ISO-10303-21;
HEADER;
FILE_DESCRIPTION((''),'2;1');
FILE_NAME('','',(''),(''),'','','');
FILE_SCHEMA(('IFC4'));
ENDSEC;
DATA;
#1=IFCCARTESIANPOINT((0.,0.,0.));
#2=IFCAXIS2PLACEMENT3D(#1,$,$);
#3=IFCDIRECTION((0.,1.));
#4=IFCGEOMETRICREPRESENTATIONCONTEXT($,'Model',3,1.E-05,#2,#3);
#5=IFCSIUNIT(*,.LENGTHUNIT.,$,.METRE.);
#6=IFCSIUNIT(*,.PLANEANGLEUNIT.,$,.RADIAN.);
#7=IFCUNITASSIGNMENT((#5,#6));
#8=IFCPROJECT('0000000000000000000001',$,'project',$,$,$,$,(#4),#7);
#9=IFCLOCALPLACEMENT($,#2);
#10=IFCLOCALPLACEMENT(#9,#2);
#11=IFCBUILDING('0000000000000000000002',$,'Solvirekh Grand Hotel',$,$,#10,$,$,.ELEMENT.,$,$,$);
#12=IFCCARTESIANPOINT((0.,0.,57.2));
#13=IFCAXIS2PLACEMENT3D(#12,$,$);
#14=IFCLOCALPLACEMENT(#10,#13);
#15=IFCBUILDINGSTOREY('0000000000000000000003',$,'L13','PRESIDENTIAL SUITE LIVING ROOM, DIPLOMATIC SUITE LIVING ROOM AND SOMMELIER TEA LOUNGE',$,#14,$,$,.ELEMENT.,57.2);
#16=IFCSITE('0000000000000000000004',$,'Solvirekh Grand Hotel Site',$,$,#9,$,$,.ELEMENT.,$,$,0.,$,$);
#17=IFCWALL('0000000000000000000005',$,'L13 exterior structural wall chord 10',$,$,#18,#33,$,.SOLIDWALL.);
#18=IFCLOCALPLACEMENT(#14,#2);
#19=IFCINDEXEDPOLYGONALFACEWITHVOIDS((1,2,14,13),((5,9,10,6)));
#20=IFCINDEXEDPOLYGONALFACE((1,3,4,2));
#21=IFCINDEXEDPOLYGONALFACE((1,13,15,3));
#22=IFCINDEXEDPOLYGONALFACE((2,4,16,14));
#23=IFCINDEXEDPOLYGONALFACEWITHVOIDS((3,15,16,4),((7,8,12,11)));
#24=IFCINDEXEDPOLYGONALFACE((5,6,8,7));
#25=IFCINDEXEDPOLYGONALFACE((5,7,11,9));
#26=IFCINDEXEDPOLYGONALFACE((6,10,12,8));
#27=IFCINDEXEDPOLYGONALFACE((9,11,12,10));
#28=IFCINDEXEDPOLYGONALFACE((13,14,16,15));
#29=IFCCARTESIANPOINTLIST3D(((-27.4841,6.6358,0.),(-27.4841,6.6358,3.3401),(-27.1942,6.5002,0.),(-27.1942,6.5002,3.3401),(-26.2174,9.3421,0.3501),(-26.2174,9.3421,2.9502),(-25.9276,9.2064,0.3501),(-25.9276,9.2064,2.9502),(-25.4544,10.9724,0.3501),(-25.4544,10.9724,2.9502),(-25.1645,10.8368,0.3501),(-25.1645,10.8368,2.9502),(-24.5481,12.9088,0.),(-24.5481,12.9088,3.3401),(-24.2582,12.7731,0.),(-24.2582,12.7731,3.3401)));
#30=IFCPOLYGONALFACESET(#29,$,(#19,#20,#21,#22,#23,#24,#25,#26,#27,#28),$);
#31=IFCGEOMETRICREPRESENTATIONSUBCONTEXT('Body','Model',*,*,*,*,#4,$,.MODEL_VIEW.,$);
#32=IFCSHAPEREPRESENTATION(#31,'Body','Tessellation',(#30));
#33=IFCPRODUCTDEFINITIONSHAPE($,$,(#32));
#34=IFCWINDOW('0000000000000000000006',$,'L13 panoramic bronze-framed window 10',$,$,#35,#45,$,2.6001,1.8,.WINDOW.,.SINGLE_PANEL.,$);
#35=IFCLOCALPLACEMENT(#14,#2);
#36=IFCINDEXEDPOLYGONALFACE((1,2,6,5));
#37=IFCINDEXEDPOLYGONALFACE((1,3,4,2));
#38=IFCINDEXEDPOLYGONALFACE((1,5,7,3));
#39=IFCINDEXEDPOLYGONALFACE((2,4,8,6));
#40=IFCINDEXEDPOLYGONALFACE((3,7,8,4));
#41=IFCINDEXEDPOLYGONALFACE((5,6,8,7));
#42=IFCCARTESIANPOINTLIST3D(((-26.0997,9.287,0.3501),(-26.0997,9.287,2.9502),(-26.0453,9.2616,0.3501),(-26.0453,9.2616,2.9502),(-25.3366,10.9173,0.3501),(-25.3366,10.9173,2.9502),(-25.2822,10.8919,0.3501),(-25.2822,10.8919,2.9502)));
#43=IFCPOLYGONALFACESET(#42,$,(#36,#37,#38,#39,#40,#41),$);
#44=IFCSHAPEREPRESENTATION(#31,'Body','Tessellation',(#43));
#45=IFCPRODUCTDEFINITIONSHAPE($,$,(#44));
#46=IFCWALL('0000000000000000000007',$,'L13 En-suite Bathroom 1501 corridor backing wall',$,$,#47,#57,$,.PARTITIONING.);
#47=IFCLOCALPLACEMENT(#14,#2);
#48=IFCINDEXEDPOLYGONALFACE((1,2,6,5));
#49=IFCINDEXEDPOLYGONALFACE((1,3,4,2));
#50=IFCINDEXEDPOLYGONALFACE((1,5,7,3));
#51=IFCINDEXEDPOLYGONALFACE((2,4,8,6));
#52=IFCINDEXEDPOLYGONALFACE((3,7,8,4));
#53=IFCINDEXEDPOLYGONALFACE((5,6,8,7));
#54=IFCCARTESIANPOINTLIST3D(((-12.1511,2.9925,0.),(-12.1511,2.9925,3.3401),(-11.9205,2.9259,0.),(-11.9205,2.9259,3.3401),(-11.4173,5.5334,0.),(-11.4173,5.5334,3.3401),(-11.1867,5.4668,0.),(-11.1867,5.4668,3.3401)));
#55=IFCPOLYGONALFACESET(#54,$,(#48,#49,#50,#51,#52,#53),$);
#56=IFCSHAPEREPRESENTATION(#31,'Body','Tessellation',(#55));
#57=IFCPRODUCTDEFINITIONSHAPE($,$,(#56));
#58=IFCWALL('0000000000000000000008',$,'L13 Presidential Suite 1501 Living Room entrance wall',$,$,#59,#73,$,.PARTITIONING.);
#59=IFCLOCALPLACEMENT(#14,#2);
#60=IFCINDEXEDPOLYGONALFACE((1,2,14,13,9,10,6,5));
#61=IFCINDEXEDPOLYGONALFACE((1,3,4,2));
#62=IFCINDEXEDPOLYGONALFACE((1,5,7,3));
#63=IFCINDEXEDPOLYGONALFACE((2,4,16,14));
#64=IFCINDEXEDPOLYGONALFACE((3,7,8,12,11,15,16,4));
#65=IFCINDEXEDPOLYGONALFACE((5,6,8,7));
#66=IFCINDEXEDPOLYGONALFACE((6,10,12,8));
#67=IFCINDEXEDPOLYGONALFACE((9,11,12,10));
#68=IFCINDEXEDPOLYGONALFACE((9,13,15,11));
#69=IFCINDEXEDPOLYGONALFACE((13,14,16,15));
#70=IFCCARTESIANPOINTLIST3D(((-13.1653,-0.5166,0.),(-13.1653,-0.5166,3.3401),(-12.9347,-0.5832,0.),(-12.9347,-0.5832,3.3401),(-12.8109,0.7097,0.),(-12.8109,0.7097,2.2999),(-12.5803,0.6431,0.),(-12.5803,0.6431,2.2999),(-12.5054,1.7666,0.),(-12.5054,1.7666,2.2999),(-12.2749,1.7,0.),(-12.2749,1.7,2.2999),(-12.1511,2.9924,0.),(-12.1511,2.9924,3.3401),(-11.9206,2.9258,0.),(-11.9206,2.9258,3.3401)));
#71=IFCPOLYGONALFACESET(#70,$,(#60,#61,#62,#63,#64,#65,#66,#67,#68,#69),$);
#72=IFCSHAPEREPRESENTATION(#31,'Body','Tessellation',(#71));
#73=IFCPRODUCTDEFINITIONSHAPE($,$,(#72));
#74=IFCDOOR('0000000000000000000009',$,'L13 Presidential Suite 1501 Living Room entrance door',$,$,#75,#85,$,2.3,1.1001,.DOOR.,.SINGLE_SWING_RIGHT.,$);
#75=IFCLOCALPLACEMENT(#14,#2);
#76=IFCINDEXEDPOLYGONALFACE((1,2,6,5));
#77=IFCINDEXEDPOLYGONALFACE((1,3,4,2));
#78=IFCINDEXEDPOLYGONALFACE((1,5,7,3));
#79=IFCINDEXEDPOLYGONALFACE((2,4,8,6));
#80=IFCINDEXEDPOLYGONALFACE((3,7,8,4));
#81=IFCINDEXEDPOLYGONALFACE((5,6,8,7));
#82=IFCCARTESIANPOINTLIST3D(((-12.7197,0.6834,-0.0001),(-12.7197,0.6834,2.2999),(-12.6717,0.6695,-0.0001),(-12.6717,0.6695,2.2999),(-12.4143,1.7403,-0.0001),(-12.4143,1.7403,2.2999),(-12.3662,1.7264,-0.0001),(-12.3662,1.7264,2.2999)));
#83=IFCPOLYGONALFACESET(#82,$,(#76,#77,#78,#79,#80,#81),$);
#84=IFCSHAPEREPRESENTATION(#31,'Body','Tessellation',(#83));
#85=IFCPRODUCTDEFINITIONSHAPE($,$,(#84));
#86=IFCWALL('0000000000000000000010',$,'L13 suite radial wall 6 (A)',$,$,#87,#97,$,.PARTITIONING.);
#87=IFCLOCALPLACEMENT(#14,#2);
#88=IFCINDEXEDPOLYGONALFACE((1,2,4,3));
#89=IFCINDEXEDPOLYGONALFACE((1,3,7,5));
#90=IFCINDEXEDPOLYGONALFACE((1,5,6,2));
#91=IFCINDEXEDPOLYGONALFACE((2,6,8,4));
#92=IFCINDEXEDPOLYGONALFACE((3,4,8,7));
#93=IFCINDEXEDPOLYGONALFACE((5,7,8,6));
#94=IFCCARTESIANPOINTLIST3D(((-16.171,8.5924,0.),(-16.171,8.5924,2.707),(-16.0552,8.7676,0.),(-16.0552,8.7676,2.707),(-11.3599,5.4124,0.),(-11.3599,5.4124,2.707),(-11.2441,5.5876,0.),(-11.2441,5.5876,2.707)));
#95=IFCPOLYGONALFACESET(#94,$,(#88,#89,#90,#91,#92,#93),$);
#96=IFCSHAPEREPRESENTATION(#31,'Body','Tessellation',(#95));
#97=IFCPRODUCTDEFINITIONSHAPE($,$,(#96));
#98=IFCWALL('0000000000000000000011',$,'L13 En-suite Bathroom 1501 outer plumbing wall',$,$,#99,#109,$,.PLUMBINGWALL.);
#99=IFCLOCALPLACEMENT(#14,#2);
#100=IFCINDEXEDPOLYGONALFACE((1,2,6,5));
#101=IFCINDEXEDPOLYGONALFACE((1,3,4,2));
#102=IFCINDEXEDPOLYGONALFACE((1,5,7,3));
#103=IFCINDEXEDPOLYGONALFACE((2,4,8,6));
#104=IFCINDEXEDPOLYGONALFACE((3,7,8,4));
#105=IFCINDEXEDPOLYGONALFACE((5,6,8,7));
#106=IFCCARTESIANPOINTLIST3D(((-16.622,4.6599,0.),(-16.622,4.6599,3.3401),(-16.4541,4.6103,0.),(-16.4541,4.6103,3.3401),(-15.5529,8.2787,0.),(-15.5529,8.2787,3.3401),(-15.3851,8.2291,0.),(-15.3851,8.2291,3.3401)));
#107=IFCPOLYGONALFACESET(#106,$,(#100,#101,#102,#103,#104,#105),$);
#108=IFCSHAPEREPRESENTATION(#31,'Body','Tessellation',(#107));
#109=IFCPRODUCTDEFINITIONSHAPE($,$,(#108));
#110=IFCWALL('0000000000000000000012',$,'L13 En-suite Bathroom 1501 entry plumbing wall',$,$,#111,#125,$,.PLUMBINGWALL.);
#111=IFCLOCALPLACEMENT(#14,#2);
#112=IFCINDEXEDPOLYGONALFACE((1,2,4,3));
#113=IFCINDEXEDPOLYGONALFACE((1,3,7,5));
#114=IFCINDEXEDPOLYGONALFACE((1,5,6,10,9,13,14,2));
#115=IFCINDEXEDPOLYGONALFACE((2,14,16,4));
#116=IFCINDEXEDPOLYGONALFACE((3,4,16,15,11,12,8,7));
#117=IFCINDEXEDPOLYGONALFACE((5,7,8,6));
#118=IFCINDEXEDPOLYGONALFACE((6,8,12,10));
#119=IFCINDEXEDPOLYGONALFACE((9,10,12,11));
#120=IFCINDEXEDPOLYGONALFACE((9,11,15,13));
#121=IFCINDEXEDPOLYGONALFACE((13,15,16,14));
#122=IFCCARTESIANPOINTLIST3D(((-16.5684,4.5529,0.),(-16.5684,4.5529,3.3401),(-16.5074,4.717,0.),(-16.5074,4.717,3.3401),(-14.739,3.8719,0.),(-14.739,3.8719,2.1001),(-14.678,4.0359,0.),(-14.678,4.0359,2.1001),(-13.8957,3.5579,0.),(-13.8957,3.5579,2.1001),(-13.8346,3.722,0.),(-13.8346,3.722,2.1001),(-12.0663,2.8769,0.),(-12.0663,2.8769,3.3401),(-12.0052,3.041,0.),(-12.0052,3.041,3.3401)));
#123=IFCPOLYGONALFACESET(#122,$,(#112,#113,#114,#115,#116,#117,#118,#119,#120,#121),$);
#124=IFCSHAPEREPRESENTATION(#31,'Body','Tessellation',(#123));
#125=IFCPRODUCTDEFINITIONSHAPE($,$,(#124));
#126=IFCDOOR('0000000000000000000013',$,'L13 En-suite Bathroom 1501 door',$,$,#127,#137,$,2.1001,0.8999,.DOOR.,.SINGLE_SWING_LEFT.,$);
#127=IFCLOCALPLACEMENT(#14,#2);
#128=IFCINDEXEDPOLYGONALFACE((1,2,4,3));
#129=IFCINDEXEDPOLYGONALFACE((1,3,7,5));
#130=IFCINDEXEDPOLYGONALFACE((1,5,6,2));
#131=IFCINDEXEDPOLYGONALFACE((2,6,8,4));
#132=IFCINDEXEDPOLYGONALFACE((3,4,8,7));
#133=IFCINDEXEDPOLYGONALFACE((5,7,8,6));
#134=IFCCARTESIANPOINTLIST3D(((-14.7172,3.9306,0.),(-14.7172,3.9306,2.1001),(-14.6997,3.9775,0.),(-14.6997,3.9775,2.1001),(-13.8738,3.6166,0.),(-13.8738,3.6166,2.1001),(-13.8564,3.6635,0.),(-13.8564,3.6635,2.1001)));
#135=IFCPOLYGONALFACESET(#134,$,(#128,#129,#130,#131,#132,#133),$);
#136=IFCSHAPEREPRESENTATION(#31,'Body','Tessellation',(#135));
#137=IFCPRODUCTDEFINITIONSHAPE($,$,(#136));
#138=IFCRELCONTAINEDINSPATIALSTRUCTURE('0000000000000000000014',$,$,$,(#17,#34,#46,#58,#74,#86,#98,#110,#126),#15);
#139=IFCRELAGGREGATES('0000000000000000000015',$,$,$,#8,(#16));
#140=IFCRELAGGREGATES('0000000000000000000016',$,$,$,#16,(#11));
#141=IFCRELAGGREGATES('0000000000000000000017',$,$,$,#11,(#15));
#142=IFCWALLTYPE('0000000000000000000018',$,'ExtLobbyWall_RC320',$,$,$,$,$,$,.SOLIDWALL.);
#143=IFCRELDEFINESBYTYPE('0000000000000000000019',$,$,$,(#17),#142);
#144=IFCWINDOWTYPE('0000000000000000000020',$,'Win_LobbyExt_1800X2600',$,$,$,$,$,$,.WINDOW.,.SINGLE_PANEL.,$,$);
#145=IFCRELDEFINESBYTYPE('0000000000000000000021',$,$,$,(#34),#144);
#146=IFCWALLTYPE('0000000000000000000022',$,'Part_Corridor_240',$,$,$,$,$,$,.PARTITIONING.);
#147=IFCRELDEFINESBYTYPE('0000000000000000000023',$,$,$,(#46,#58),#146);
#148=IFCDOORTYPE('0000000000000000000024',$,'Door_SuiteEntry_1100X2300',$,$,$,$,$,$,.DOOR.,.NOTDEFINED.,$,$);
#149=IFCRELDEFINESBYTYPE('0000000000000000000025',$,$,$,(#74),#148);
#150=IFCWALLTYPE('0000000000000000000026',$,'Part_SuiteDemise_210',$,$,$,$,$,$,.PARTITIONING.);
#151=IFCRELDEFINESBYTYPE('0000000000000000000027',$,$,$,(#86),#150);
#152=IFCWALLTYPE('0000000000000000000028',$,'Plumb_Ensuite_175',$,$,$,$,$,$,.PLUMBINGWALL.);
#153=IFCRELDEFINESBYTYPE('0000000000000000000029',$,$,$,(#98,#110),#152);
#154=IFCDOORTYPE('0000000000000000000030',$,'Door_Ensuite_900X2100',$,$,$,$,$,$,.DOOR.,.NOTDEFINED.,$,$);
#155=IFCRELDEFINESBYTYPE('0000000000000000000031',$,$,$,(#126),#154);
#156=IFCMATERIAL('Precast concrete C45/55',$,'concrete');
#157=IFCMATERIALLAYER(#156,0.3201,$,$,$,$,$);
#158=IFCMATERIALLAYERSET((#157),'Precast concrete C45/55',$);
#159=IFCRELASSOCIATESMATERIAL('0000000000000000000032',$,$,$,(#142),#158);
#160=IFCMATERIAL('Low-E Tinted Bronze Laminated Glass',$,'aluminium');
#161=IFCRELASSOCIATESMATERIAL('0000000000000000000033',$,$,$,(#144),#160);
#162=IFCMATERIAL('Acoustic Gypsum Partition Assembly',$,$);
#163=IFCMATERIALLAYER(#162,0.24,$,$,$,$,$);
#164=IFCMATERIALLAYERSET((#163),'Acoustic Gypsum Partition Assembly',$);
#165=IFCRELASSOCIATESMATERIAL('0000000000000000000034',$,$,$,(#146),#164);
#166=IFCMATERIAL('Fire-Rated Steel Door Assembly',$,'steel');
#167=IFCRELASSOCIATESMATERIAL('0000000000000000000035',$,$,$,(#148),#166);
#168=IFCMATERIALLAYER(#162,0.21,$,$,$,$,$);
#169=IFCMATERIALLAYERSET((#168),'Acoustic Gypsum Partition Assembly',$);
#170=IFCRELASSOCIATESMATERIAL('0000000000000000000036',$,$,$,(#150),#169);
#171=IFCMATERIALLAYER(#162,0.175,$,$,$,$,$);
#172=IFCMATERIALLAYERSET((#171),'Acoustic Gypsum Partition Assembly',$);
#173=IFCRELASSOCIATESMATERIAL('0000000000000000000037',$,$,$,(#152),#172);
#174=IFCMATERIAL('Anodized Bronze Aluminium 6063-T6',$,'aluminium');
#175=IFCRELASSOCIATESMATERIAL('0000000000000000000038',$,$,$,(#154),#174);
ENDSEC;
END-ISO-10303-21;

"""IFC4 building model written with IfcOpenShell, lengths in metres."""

from ifc_helpers import new_model, si_unit, direction, frame, frame_2d, origin, place, context, subcontext, project, spatial, rectangle, extrude, material, layer, layer_set, type_object, element, fill, save


model = new_model("IFC4")

# Units and contexts
model_context = context("Model", 3, precision=1e-05, world=origin(), true_north=direction((0.0, 1.0)))
body_context = subcontext(model_context, "Body", "Model", "MODEL_VIEW")
ifc_project = project(units=[si_unit("LENGTHUNIT", "METRE"), si_unit("PLANEANGLEUNIT", "RADIAN")], contexts=[model_context])

# Site, building, storey
site_placement = place(None, origin())
site = spatial("IfcSite", under=ifc_project, at=site_placement, Name="Solvirekh Grand Hotel Site", CompositionType="ELEMENT", RefElevation=0.0)
building_placement = place(site_placement, origin())
building = spatial("IfcBuilding", under=site, at=building_placement, Name="Solvirekh Grand Hotel", CompositionType="ELEMENT")
storey_placement = place(building_placement, frame((0.0, 0.0, 57.2)))
storey = spatial("IfcBuildingStorey", under=building, at=storey_placement, Name="L13", Description="PRESIDENTIAL SUITE LIVING ROOM, DIPLOMATIC SUITE LIVING ROOM AND SOMMELIER TEA LOUNGE", CompositionType="ELEMENT", Elevation=57.2)

# Shared definitions
ifc_material_1 = material(Name="Anodized Bronze Aluminium 6063-T6", Category="aluminium")
ifc_material_2 = material(Name="Low-E Tinted Bronze Laminated Glass", Category="aluminium")

# Wall, opening, window
ifc_material_3 = material(Name="Precast concrete C45/55", Category="concrete")
ifc_layer_1 = layer(ifc_material_3, 0.3201)
ifc_layer_set_1 = layer_set([ifc_layer_1], Name="Precast concrete C45/55")
wall_type_1 = type_object("IfcWallType", Name="ExtLobbyWall_RC320", PredefinedType="SOLIDWALL", material=ifc_layer_set_1)
wall_1_placement = place(storey_placement, frame((-27.3391, 6.5681, 0.0), z_axis=(0.0, 0.0, 1.0), x_axis=(0.423912, 0.905703, 0.0)))
wall_1 = element("IfcWall", 1, at=wall_1_placement, inside=storey, type_object=wall_type_1, Name="L13 exterior structural wall chord 10", PredefinedType="SOLIDWALL", context=body_context, shape_type="SweptSolid", body=[
    extrude(rectangle(XDim=6.926, YDim=0.3201, at=frame_2d((3.4629, 0.0))), origin(), (0.0, 0.0, 1.0), 3.3401),
])
opening_1_placement = place(wall_1_placement, frame((2.988, 0.0, 0.3501)))
opening_1 = element("IfcOpeningElement", 2, at=opening_1_placement, cuts=wall_1, PredefinedType="OPENING", context=body_context, shape_type="SweptSolid", body=[
    extrude(rectangle(XDim=1.8, YDim=2.6001, at=frame_2d((0.8999, 1.3))), frame((0.0, 0.1699, 0.0), z_axis=(0.0, -1.0, 0.0), x_axis=(1.0, 0.0, 0.0)), (0.0, 0.0, 1.0), 0.3401),
])
window_type = type_object("IfcWindowType", Name="Win_LobbyExt_1800X2600", PartitioningType="SINGLE_PANEL", PredefinedType="WINDOW", material=ifc_material_2)
window_placement = place(opening_1_placement, origin())
window = element("IfcWindow", 3, at=window_placement, inside=storey, type_object=window_type, Name="L13 panoramic bronze-framed window 10", OverallHeight=2.6001, OverallWidth=1.8, PartitioningType="SINGLE_PANEL", PredefinedType="WINDOW", context=body_context, shape_type="SweptSolid", body=[
    extrude(rectangle(XDim=1.8, YDim=2.6001, at=frame_2d((0.8999, 1.3))), frame((0.0, 0.03, 0.0), z_axis=(0.0, -1.0, 0.0), x_axis=(1.0, 0.0, 0.0)), (0.0, 0.0, 1.0), 0.0601),
])
fill(opening_1, window)

# Wall
ifc_material_4 = material(Name="Acoustic Gypsum Partition Assembly")
ifc_layer_2 = layer(ifc_material_4, 0.24)
ifc_layer_set_2 = layer_set([ifc_layer_2], Name="Acoustic Gypsum Partition Assembly")
wall_type_2 = type_object("IfcWallType", Name="Part_Corridor_240", PredefinedType="PARTITIONING", material=ifc_layer_set_2)
wall_2_placement = place(storey_placement, frame((-11.302, 5.5, 0.0), z_axis=(0.0, 0.0, 1.0), x_axis=(-0.277475, -0.960733, 0.0)))
element("IfcWall", 4, at=wall_2_placement, inside=storey, type_object=wall_type_2, Name="L13 En-suite Bathroom 1501 corridor backing wall", PredefinedType="PARTITIONING", context=body_context, shape_type="SweptSolid", body=[
    extrude(rectangle(XDim=2.6448, YDim=0.24, at=frame_2d((1.3223, 0.0))), origin(), (0.0, 0.0, 1.0), 3.3401),
])

# Wall, opening, door
wall_3_placement = place(storey_placement, frame((-12.0359, 2.959, 0.0), z_axis=(0.0, 0.0, 1.0), x_axis=(-0.277651, -0.960682, 0.0)))
wall_3 = element("IfcWall", 5, at=wall_3_placement, inside=storey, type_object=wall_type_2, Name="L13 Presidential Suite 1501 Living Room entrance wall", PredefinedType="PARTITIONING", context=body_context, shape_type="SweptSolid", body=[
    extrude(rectangle(XDim=3.6526, YDim=0.24, at=frame_2d((1.8262, 0.0))), origin(), (0.0, 0.0, 1.0), 3.3401),
])
opening_2_placement = place(wall_3_placement, frame((1.2759, 0.0, 0.0)))
opening_2 = element("IfcOpeningElement", 6, at=opening_2_placement, cuts=wall_3, PredefinedType="OPENING", context=body_context, shape_type="SweptSolid", body=[
    extrude(rectangle(XDim=1.1001, YDim=2.3, at=frame_2d((0.55, 1.1499))), frame((0.0, 0.1299, 0.0), z_axis=(0.0, -1.0, 0.0), x_axis=(1.0, 0.0, 0.0)), (0.0, 0.0, 1.0), 0.26),
])
ifc_material_5 = material(Name="Fire-Rated Steel Door Assembly", Category="steel")
door_type_1 = type_object("IfcDoorType", Name="Door_SuiteEntry_1100X2300", OperationType="NOTDEFINED", PredefinedType="DOOR", material=ifc_material_5)
door_1_placement = place(opening_2_placement, origin())
door_1 = element("IfcDoor", 7, at=door_1_placement, inside=storey, type_object=door_type_1, Name="L13 Presidential Suite 1501 Living Room entrance door", OperationType="SINGLE_SWING_RIGHT", OverallHeight=2.3, OverallWidth=1.1001, PredefinedType="DOOR", context=body_context, shape_type="SweptSolid", body=[
    extrude(rectangle(XDim=1.1001, YDim=2.3, at=frame_2d((0.55, 1.1499))), frame((0.0, 0.0249, 0.0), z_axis=(0.0, -1.0, 0.0), x_axis=(1.0, 0.0, 0.0)), (0.0, 0.0, 1.0), 0.05),
])
fill(opening_2, door_1)

# Walls
ifc_layer_3 = layer(ifc_material_4, 0.21)
ifc_layer_set_3 = layer_set([ifc_layer_3], Name="Acoustic Gypsum Partition Assembly")
wall_type_3 = type_object("IfcWallType", Name="Part_SuiteDemise_210", PredefinedType="PARTITIONING", material=ifc_layer_set_3)
wall_4_placement = place(storey_placement, frame((-11.302, 5.5, 0.0), z_axis=(0.0, 0.0, 1.0), x_axis=(-0.834239, 0.551404, 0.0)))
element("IfcWall", 8, at=wall_4_placement, inside=storey, type_object=wall_type_3, Name="L13 suite radial wall 6 (A)", PredefinedType="PARTITIONING", context=body_context, shape_type="SweptSolid", body=[
    extrude(rectangle(XDim=5.7671, YDim=0.21, at=frame_2d((2.8835, 0.0))), origin(), (0.0, 0.0, 1.0), 2.707),
])
ifc_layer_4 = layer(ifc_material_4, 0.175)
ifc_layer_set_4 = layer_set([ifc_layer_4], Name="Acoustic Gypsum Partition Assembly")
wall_type_4 = type_object("IfcWallType", Name="Plumb_Ensuite_175", PredefinedType="PLUMBINGWALL", material=ifc_layer_set_4)
wall_5_placement = place(storey_placement, frame((-15.469, 8.2539, 0.0), z_axis=(0.0, 0.0, 1.0), x_axis=(-0.283315, -0.959027, 0.0)))
element("IfcWall", 9, at=wall_5_placement, inside=storey, type_object=wall_type_4, Name="L13 En-suite Bathroom 1501 outer plumbing wall", PredefinedType="PLUMBINGWALL", context=body_context, shape_type="SweptSolid", body=[
    extrude(rectangle(XDim=3.7734, YDim=0.175, at=frame_2d((1.8867, 0.0))), origin(), (0.0, 0.0, 1.0), 3.3401),
])

# Wall, opening, door
wall_6_placement = place(storey_placement, frame((-12.0359, 2.959, 0.0), z_axis=(0.0, 0.0, 1.0), x_axis=(-0.937168, 0.348878, 0.0)))
wall_6 = element("IfcWall", 10, at=wall_6_placement, inside=storey, type_object=wall_type_4, Name="L13 En-suite Bathroom 1501 entry plumbing wall", PredefinedType="PLUMBINGWALL", context=body_context, shape_type="SweptSolid", body=[
    extrude(rectangle(XDim=4.804, YDim=0.175, at=frame_2d((2.4019, 0.0))), origin(), (0.0, 0.0, 1.0), 3.3401),
])
opening_3_placement = place(wall_6_placement, frame((1.9519, 0.0, 0.0)))
opening_3 = element("IfcOpeningElement", 11, at=opening_3_placement, cuts=wall_6, PredefinedType="OPENING", context=body_context, shape_type="SweptSolid", body=[
    extrude(rectangle(XDim=0.8999, YDim=2.1001, at=frame_2d((0.45, 1.05))), frame((0.0, 0.0977, 0.0), z_axis=(0.0, -1.0, 0.0), x_axis=(1.0, 0.0, 0.0)), (0.0, 0.0, 1.0), 0.1951),
])
door_type_2 = type_object("IfcDoorType", Name="Door_Ensuite_900X2100", OperationType="NOTDEFINED", PredefinedType="DOOR", material=ifc_material_1)
door_2_placement = place(opening_3_placement, origin())
door_2 = element("IfcDoor", 12, at=door_2_placement, inside=storey, type_object=door_type_2, Name="L13 En-suite Bathroom 1501 door", OperationType="SINGLE_SWING_LEFT", OverallHeight=2.1001, OverallWidth=0.8999, PredefinedType="DOOR", context=body_context, shape_type="SweptSolid", body=[
    extrude(rectangle(XDim=0.8999, YDim=2.1001, at=frame_2d((0.45, 1.05))), frame((0.0, 0.0249, 0.0), z_axis=(0.0, -1.0, 0.0), x_axis=(1.0, 0.0, 0.0)), (0.0, 0.0, 1.0), 0.05),
])
fill(opening_3, door_2)

save(model, "model.ifc")
